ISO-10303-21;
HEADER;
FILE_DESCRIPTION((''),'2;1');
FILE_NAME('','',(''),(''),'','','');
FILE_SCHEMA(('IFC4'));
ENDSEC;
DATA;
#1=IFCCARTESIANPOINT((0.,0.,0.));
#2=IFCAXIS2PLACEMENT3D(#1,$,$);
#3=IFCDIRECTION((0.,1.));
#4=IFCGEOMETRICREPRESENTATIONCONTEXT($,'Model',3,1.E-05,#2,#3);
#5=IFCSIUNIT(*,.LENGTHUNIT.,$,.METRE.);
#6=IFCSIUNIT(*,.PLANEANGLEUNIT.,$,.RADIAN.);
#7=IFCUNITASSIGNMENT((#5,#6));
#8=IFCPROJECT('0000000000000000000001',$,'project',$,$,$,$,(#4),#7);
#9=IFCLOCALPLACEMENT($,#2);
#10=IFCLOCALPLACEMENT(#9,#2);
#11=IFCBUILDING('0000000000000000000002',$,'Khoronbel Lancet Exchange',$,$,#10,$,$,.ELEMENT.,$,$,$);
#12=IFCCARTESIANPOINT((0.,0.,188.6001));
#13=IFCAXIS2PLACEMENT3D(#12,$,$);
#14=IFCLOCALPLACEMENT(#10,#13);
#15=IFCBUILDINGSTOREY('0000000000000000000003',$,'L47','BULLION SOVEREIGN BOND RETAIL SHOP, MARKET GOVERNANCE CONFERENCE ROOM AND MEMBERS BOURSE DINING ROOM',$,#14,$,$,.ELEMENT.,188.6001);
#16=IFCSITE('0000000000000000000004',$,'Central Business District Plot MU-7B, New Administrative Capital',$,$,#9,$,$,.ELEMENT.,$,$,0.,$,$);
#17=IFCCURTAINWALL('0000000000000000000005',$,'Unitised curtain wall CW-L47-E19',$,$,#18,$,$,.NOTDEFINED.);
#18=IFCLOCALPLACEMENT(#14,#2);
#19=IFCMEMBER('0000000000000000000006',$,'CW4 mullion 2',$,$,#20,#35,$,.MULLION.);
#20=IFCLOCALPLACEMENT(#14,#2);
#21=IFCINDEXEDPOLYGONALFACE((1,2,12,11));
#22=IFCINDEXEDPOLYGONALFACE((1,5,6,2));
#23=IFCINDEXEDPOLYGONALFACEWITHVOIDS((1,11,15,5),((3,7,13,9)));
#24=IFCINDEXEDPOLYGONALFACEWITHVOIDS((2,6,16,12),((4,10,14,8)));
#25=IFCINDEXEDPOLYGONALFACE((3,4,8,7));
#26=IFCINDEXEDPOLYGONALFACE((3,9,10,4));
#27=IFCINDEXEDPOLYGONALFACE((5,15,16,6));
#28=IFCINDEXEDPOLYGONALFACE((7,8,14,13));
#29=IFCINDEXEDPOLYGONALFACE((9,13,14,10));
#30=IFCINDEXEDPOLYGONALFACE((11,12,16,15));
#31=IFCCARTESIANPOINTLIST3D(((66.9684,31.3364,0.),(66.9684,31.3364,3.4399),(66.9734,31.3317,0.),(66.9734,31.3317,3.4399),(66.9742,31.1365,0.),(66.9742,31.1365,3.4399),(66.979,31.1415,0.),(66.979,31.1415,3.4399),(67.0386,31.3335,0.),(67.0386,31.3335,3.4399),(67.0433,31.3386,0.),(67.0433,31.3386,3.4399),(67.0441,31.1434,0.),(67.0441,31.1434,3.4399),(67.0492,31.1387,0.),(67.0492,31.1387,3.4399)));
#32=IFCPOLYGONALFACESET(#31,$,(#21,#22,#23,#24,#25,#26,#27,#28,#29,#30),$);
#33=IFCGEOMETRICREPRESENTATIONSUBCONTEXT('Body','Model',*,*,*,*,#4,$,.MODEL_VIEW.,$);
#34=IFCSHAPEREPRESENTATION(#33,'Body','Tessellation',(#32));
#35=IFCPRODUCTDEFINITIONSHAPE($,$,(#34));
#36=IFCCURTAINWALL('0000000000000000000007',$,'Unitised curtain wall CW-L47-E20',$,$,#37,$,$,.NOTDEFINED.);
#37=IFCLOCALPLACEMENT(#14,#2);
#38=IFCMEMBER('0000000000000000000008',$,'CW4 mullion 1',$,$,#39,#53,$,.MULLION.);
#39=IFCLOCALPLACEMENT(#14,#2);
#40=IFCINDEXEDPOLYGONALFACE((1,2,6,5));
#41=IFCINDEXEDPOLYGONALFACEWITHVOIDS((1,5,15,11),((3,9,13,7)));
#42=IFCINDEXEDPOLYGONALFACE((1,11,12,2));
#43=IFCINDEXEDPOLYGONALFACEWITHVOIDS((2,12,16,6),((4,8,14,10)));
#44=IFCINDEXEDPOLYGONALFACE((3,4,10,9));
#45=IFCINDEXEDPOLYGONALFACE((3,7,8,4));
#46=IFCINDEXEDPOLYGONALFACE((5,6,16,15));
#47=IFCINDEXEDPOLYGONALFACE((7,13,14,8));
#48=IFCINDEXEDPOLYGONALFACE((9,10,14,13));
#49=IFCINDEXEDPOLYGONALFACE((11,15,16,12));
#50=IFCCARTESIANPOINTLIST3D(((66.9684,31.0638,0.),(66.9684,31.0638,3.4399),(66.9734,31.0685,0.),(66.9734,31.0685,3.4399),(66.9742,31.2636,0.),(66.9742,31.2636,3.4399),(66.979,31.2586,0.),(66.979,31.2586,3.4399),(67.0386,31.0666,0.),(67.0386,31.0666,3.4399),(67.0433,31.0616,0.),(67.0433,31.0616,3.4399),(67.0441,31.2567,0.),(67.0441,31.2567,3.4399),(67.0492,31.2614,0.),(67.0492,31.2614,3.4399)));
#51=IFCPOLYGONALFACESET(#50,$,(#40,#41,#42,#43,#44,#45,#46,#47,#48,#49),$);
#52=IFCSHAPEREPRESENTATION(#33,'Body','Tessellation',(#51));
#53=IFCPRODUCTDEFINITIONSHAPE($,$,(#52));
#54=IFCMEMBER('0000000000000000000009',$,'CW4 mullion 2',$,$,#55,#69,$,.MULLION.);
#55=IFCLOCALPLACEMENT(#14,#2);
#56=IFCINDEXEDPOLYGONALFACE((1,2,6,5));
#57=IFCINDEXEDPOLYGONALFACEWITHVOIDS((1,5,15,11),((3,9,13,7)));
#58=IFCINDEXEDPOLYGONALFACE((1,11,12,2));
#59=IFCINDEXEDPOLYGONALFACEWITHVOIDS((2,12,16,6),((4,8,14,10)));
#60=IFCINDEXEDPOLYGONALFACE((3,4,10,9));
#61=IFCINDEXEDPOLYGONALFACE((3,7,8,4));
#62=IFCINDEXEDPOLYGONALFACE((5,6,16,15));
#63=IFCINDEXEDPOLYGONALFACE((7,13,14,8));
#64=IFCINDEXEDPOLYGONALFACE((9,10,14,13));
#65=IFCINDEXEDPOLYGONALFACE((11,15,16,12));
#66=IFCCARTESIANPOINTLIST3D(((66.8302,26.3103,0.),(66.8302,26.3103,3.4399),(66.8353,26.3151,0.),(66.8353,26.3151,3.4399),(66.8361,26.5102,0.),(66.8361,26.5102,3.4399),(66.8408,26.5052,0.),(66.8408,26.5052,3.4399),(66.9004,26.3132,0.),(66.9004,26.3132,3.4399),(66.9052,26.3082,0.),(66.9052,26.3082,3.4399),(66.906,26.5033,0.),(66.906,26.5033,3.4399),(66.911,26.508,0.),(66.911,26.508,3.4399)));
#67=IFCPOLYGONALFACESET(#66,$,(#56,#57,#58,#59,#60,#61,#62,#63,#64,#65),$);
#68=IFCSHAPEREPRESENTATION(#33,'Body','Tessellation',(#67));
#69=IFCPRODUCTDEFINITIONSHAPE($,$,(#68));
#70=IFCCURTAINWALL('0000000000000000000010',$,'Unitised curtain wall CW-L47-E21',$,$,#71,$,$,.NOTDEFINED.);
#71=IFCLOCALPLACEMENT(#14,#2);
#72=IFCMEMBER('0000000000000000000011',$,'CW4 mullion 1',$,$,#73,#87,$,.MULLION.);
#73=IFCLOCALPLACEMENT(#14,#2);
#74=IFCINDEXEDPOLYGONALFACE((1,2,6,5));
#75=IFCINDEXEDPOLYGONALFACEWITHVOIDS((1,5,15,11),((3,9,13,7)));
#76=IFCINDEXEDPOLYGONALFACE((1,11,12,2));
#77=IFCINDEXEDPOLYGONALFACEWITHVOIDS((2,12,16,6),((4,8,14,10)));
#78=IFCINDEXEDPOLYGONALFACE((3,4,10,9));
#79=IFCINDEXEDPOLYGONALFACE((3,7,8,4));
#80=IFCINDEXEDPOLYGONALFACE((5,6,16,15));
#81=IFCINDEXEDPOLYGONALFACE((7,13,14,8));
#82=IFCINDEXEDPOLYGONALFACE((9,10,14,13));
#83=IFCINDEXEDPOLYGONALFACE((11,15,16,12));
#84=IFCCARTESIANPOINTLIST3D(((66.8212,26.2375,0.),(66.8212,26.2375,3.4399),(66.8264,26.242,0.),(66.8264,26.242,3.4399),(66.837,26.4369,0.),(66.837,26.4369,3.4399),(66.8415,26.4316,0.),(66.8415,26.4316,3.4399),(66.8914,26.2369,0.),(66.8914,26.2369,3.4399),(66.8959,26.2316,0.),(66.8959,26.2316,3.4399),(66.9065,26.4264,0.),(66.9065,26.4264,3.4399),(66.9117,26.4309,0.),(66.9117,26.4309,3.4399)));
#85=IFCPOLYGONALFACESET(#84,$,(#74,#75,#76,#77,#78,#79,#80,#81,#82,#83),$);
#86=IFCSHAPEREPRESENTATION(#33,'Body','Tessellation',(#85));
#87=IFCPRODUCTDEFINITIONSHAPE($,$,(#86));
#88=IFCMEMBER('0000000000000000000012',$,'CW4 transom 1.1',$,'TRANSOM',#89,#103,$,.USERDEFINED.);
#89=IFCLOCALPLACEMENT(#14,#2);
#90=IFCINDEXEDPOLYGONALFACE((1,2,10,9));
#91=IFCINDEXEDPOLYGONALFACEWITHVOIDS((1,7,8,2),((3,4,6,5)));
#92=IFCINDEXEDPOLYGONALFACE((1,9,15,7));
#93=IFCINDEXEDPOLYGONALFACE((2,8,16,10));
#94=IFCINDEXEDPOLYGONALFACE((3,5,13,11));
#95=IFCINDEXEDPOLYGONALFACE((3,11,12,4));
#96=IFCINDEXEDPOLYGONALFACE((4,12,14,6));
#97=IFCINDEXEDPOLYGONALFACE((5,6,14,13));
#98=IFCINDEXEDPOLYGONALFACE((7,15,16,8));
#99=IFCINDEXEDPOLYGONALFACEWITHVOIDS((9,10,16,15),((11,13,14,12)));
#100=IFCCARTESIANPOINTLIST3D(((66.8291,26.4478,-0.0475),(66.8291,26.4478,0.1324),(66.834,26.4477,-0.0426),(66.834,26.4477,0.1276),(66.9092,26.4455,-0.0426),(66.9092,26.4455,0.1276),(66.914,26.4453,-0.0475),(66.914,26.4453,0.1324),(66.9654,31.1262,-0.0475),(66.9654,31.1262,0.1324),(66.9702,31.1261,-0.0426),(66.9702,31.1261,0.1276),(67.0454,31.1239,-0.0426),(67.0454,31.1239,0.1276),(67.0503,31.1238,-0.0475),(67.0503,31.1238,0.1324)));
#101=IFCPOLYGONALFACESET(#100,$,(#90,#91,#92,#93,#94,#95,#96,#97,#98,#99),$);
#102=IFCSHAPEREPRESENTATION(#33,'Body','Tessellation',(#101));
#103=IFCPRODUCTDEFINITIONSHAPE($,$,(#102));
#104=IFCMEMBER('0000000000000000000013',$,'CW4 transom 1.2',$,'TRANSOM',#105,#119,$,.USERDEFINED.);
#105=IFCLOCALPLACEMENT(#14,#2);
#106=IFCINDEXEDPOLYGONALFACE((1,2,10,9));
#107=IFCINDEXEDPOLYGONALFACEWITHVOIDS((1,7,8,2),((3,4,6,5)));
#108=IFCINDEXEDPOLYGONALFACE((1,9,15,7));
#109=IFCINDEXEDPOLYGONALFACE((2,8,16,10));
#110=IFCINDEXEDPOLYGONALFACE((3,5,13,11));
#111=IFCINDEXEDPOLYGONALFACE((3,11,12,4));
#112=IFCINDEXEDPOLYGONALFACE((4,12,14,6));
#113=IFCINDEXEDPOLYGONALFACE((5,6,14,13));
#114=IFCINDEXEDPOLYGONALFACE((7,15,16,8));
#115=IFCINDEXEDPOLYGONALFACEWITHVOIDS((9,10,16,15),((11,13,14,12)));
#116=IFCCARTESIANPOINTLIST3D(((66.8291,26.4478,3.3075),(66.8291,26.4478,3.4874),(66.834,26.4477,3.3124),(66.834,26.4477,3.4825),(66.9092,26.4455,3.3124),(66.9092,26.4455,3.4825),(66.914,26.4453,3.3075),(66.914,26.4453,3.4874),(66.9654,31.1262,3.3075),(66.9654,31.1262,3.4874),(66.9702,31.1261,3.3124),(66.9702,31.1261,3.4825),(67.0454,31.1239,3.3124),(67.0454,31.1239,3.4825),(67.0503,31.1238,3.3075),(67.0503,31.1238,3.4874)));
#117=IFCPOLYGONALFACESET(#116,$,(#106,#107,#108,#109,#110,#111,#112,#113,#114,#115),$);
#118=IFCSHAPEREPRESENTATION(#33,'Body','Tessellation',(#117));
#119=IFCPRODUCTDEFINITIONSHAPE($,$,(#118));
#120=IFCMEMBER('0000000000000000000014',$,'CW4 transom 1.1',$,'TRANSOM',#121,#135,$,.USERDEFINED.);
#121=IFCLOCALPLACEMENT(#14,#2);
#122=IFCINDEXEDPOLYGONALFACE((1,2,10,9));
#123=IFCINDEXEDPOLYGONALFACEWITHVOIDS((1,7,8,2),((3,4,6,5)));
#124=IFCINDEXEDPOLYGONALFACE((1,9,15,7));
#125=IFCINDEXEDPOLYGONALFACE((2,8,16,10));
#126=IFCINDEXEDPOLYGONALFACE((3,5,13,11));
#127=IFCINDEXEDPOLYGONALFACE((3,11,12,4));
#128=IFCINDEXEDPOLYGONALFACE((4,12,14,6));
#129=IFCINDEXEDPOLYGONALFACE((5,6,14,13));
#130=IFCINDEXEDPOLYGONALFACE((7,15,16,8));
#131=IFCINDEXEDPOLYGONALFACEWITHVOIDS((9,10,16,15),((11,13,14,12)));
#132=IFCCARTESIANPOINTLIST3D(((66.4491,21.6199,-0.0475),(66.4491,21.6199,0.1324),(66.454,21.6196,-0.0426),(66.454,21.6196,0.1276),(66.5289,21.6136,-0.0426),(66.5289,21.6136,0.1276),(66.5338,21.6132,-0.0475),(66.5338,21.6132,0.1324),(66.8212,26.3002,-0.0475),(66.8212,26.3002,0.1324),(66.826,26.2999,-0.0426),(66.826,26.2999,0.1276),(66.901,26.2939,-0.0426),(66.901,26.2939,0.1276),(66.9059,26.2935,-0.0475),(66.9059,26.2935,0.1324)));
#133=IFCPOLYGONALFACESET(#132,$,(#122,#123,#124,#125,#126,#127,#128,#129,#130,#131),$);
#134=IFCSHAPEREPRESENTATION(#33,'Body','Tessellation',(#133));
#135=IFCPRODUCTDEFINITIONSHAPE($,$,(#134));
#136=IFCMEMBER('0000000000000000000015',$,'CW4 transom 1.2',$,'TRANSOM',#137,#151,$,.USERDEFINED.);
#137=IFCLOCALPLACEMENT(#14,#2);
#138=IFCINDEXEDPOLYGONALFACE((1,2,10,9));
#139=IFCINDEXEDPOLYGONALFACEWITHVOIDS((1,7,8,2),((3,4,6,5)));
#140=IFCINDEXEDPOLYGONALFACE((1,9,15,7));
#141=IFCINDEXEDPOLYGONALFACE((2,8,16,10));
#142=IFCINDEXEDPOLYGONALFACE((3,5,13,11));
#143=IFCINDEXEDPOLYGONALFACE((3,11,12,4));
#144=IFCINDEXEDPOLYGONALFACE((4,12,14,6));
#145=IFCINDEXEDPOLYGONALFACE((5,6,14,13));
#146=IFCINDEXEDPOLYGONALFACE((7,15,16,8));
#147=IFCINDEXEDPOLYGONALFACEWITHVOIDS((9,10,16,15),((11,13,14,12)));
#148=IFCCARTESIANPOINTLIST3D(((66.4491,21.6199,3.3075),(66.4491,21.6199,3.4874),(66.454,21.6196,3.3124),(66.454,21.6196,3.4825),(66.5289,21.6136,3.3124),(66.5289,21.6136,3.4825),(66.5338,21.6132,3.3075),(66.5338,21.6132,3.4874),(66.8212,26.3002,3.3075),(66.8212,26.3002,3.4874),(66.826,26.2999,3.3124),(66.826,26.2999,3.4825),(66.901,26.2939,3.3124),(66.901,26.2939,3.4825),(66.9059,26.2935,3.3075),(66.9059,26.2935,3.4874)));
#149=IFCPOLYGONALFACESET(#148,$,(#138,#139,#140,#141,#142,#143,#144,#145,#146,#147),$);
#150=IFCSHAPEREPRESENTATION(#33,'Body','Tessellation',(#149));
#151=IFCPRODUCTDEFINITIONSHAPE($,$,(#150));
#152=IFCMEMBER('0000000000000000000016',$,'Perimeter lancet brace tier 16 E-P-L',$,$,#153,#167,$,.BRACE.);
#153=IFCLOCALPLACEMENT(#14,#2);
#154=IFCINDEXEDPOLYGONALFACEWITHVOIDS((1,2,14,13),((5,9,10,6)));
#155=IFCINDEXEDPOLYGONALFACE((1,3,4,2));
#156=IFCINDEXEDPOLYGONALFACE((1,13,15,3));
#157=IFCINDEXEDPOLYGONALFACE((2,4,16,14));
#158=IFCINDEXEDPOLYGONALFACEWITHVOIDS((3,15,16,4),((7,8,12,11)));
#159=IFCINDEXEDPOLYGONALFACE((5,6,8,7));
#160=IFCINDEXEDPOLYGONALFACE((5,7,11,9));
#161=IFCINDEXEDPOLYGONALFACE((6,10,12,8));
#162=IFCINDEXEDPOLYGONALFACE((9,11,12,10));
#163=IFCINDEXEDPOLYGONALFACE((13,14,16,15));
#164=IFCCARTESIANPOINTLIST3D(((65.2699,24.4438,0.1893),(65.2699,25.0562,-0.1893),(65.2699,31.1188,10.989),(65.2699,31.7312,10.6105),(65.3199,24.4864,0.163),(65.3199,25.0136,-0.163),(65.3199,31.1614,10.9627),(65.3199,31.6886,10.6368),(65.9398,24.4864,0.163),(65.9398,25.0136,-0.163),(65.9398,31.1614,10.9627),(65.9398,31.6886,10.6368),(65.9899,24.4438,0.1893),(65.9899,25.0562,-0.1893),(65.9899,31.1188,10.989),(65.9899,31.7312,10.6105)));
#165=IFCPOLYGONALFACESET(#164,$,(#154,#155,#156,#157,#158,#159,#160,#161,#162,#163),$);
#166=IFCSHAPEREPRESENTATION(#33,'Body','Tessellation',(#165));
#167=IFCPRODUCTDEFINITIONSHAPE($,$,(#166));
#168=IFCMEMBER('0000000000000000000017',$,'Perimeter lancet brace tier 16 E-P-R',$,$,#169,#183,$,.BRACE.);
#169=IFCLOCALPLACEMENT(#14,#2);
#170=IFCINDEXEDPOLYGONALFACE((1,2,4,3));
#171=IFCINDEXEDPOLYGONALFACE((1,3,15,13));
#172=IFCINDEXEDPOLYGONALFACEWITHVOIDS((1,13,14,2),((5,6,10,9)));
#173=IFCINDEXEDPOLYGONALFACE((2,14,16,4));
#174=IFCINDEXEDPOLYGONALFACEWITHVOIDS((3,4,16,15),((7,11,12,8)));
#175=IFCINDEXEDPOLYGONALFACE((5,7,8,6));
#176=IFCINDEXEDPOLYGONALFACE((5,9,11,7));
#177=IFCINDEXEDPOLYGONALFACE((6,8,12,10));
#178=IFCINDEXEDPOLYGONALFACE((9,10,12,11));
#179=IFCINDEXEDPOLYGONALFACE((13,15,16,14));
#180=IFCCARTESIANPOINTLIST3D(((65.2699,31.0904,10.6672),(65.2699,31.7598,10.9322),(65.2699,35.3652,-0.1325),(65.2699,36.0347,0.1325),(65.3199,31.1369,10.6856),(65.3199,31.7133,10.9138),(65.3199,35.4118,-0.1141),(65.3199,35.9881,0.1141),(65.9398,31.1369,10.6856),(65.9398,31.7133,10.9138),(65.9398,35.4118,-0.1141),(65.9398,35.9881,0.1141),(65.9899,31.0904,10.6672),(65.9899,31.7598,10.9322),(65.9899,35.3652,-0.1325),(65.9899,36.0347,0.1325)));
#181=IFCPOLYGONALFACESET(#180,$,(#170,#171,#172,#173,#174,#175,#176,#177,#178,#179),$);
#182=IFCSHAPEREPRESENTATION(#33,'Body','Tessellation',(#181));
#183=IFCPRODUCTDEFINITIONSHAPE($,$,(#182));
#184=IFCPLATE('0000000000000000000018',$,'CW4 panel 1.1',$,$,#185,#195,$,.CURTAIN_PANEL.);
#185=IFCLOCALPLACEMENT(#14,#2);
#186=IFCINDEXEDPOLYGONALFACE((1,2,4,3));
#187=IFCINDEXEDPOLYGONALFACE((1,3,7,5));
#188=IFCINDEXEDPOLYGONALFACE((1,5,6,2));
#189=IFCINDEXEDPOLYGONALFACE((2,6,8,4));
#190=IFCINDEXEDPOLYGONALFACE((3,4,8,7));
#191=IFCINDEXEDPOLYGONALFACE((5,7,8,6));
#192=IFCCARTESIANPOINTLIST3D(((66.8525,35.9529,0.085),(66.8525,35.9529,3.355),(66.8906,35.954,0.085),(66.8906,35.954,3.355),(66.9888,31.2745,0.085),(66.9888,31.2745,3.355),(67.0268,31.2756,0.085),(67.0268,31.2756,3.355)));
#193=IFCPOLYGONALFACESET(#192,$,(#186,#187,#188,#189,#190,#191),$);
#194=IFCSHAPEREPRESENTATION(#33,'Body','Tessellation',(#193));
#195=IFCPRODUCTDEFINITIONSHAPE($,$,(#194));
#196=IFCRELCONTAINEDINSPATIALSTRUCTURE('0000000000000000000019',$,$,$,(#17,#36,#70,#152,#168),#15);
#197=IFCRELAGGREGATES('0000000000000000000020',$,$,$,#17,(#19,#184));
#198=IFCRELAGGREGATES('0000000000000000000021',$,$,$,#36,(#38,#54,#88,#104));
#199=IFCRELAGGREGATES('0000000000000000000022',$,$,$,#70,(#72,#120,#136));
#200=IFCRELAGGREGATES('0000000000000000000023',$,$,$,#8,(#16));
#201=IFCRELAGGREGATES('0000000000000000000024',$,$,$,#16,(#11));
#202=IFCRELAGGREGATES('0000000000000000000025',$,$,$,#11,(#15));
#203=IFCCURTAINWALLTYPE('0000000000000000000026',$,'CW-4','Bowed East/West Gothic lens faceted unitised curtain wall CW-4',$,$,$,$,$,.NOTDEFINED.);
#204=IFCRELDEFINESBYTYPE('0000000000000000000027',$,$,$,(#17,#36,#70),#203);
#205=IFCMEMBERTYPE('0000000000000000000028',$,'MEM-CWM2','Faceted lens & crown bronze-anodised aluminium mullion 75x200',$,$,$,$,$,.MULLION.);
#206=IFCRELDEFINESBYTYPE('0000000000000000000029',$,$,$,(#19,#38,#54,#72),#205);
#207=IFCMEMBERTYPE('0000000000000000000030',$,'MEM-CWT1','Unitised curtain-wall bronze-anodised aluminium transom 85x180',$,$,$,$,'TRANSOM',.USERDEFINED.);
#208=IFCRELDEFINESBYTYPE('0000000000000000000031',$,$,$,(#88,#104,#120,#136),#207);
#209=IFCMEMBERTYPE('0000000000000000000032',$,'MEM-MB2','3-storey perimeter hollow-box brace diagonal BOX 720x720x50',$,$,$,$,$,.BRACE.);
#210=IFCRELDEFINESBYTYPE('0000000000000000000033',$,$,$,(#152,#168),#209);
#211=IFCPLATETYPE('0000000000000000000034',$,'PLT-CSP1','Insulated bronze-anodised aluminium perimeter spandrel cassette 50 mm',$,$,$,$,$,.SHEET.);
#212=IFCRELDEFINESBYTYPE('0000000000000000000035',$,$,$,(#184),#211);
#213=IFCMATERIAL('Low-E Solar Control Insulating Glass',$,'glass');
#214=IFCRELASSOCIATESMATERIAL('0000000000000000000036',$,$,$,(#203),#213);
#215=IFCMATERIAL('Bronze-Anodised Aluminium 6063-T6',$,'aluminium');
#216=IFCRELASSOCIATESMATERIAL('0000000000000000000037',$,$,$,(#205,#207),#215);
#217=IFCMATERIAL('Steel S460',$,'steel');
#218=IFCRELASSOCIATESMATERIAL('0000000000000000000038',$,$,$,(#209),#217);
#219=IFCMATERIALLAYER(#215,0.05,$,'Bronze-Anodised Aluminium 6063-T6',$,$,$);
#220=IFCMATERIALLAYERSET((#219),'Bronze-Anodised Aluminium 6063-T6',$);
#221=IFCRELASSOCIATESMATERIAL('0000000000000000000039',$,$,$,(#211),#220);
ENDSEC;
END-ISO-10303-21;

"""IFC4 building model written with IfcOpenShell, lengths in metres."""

from ifc_helpers import new_model, si_unit, direction, frame, origin, origin_2d, place, context, subcontext, project, spatial, rectangle, hollow_rectangle, extrude, material, layer, layer_set, material_profile, profile_set, type_object, element, aggregate, save


model = new_model("IFC4")

# Units and contexts
model_context = context("Model", 3, precision=1e-05, world=origin(), true_north=direction((0.0, 1.0)))
body_context = subcontext(model_context, "Body", "Model", "MODEL_VIEW")
ifc_project = project(units=[si_unit("LENGTHUNIT", "METRE"), si_unit("PLANEANGLEUNIT", "RADIAN")], contexts=[model_context])

# Site, building, storey
site_placement = place(None, origin())
site = spatial("IfcSite", under=ifc_project, at=site_placement, Name="Central Business District Plot MU-7B, New Administrative Capital", CompositionType="ELEMENT", RefElevation=0.0)
building_placement = place(site_placement, origin())
building = spatial("IfcBuilding", under=site, at=building_placement, Name="Khoronbel Lancet Exchange", CompositionType="ELEMENT")
storey_placement = place(building_placement, frame((0.0, 0.0, 188.6001)))
storey = spatial("IfcBuildingStorey", under=building, at=storey_placement, Name="L47", Description="BULLION SOVEREIGN BOND RETAIL SHOP, MARKET GOVERNANCE CONFERENCE ROOM AND MEMBERS BOURSE DINING ROOM", CompositionType="ELEMENT", Elevation=188.6001)

# Curtain wall, member
ifc_material_1 = material(Name="Low-E Solar Control Insulating Glass", Category="glass")
curtain_wall_type = type_object("IfcCurtainWallType", Name="CW-4", Description="Bowed East/West Gothic lens faceted unitised curtain wall CW-4", PredefinedType="NOTDEFINED", material=ifc_material_1)
curtain_wall_1_placement = place(storey_placement, origin())
curtain_wall_1 = element("IfcCurtainWall", 1, at=curtain_wall_1_placement, inside=storey, type_object=curtain_wall_type, Name="Unitised curtain wall CW-L47-E19", PredefinedType="NOTDEFINED")
ifc_material_2 = material(Name="Bronze-Anodised Aluminium 6063-T6", Category="aluminium")
ifc_material_profile_1 = material_profile(ifc_material_2, hollow_rectangle(XDim=0.075, YDim=0.2, WallThickness=0.0049, at=origin_2d()), Name="ALU MULLION 75x200")
ifc_profile_set_1 = profile_set([ifc_material_profile_1], Name="Bronze-Anodised Aluminium 6063-T6")
member_type_1 = type_object("IfcMemberType", Name="MEM-CWM2", Description="Faceted lens & crown bronze-anodised aluminium mullion 75x200", PredefinedType="MULLION", material=ifc_profile_set_1)
member_1_placement = place(storey_placement, frame((67.0088, 31.2375, 0.0), z_axis=(0.0, 0.0, 1.0), x_axis=(0.999576, 0.029107, 0.0)))
member_1 = element("IfcMember", 2, at=member_1_placement, type_object=member_type_1, Name="CW4 mullion 2", PredefinedType="MULLION", context=body_context, shape_type="SweptSolid", body=[
    extrude(hollow_rectangle(XDim=0.075, YDim=0.2, WallThickness=0.0049, at=origin_2d()), origin(), (0.0, 0.0, 1.0), 3.4399),
])

# Curtain wall, members
curtain_wall_2_placement = place(storey_placement, origin())
curtain_wall_2 = element("IfcCurtainWall", 3, at=curtain_wall_2_placement, inside=storey, type_object=curtain_wall_type, Name="Unitised curtain wall CW-L47-E20", PredefinedType="NOTDEFINED")
member_2_placement = place(storey_placement, frame((67.0088, 31.1626, 0.0), z_axis=(0.0, 0.0, 1.0), x_axis=(0.999576, -0.029107, 0.0)))
member_2 = element("IfcMember", 4, at=member_2_placement, type_object=member_type_1, Name="CW4 mullion 1", PredefinedType="MULLION", context=body_context, shape_type="SweptSolid", body=[
    extrude(hollow_rectangle(XDim=0.075, YDim=0.2, WallThickness=0.0049, at=origin_2d()), origin(), (0.0, 0.0, 1.0), 3.4399),
])
member_3_placement = place(storey_placement, frame((66.8706, 26.4092, 0.0), z_axis=(0.0, 0.0, 1.0), x_axis=(0.999576, -0.029107, 0.0)))
member_3 = element("IfcMember", 5, at=member_3_placement, type_object=member_type_1, Name="CW4 mullion 2", PredefinedType="MULLION", context=body_context, shape_type="SweptSolid", body=[
    extrude(hollow_rectangle(XDim=0.075, YDim=0.2, WallThickness=0.0049, at=origin_2d()), origin(), (0.0, 0.0, 1.0), 3.4399),
])

# Curtain wall, member
curtain_wall_3_placement = place(storey_placement, origin())
curtain_wall_3 = element("IfcCurtainWall", 6, at=curtain_wall_3_placement, inside=storey, type_object=curtain_wall_type, Name="Unitised curtain wall CW-L47-E21", PredefinedType="NOTDEFINED")
member_4_placement = place(storey_placement, frame((66.8665, 26.3342, 0.0), z_axis=(0.0, 0.0, 1.0), x_axis=(0.996854, -0.079255, 0.0)))
member_4 = element("IfcMember", 7, at=member_4_placement, type_object=member_type_1, Name="CW4 mullion 1", PredefinedType="MULLION", context=body_context, shape_type="SweptSolid", body=[
    extrude(hollow_rectangle(XDim=0.075, YDim=0.2, WallThickness=0.0049, at=origin_2d()), origin(), (0.0, 0.0, 1.0), 3.4399),
])

# Members
ifc_material_profile_2 = material_profile(ifc_material_2, hollow_rectangle(XDim=0.085, YDim=0.1799, WallThickness=0.0049, at=origin_2d()), Name="ALU TRANSOM 85x180")
ifc_profile_set_2 = profile_set([ifc_material_profile_2], Name="Bronze-Anodised Aluminium 6063-T6")
member_type_2 = type_object("IfcMemberType", Name="MEM-CWT1", Description="Unitised curtain-wall bronze-anodised aluminium transom 85x180", ElementType="TRANSOM", PredefinedType="USERDEFINED", material=ifc_profile_set_2)
member_5_placement = place(storey_placement, frame((67.0078, 31.125, 0.0425), z_axis=(-0.029106, -0.999576, 0.0), x_axis=(0.999576, -0.029106, 0.0)))
member_5 = element("IfcMember", 8, at=member_5_placement, type_object=member_type_2, Name="CW4 transom 1.1", ObjectType="TRANSOM", PredefinedType="USERDEFINED", context=body_context, shape_type="SweptSolid", body=[
    extrude(hollow_rectangle(XDim=0.085, YDim=0.1799, WallThickness=0.0049, at=origin_2d()), origin(), (0.0, 0.0, 1.0), 4.6804),
])
member_6_placement = place(storey_placement, frame((67.0078, 31.125, 3.3975), z_axis=(-0.029106, -0.999576, 0.0), x_axis=(0.999576, -0.029106, 0.0)))
member_6 = element("IfcMember", 9, at=member_6_placement, type_object=member_type_2, Name="CW4 transom 1.2", ObjectType="TRANSOM", PredefinedType="USERDEFINED", context=body_context, shape_type="SweptSolid", body=[
    extrude(hollow_rectangle(XDim=0.085, YDim=0.1799, WallThickness=0.0049, at=origin_2d()), origin(), (0.0, 0.0, 1.0), 4.6804),
])
member_7_placement = place(storey_placement, frame((66.8635, 26.2969, 0.0425), z_axis=(-0.079245, -0.996855, 0.0), x_axis=(0.996855, -0.079245, 0.0)))
member_7 = element("IfcMember", 10, at=member_7_placement, type_object=member_type_2, Name="CW4 transom 1.1", ObjectType="TRANSOM", PredefinedType="USERDEFINED", context=body_context, shape_type="SweptSolid", body=[
    extrude(hollow_rectangle(XDim=0.085, YDim=0.1799, WallThickness=0.0049, at=origin_2d()), origin(), (0.0, 0.0, 1.0), 4.6951),
])
member_8_placement = place(storey_placement, frame((66.8635, 26.2969, 3.3975), z_axis=(-0.079245, -0.996855, 0.0), x_axis=(0.996855, -0.079245, 0.0)))
member_8 = element("IfcMember", 11, at=member_8_placement, type_object=member_type_2, Name="CW4 transom 1.2", ObjectType="TRANSOM", PredefinedType="USERDEFINED", context=body_context, shape_type="SweptSolid", body=[
    extrude(hollow_rectangle(XDim=0.085, YDim=0.1799, WallThickness=0.0049, at=origin_2d()), origin(), (0.0, 0.0, 1.0), 4.6951),
])

# Members
ifc_material_3 = material(Name="Steel S460", Category="steel")
ifc_material_profile_3 = material_profile(ifc_material_3, hollow_rectangle(XDim=0.72, YDim=0.72, WallThickness=0.05, at=origin_2d()), Name="BOX 720x720x50")
ifc_profile_set_3 = profile_set([ifc_material_profile_3], Name="Steel S460")
member_type_3 = type_object("IfcMemberType", Name="MEM-MB2", Description="3-storey perimeter hollow-box brace diagonal BOX 720x720x50", PredefinedType="BRACE", material=ifc_profile_set_3)
member_9_placement = place(storey_placement, frame((65.6299, 24.75, 0.0), z_axis=(0.0, 0.525754, 0.850637), x_axis=(-1.0, 0.0, 0.0)))
element("IfcMember", 12, at=member_9_placement, inside=storey, type_object=member_type_3, Name="Perimeter lancet brace tier 16 E-P-L", PredefinedType="BRACE", context=body_context, shape_type="SweptSolid", body=[
    extrude(hollow_rectangle(XDim=0.72, YDim=0.72, WallThickness=0.05, at=origin_2d()), origin(), (0.0, 0.0, 1.0), 12.696),
])
member_10_placement = place(storey_placement, frame((65.6299, 35.7, 0.0), z_axis=(0.0, -0.368047, 0.929807), x_axis=(1.0, 0.0, 0.0)))
element("IfcMember", 13, at=member_10_placement, inside=storey, type_object=member_type_3, Name="Perimeter lancet brace tier 16 E-P-R", PredefinedType="BRACE", context=body_context, shape_type="SweptSolid", body=[
    extrude(hollow_rectangle(XDim=0.72, YDim=0.72, WallThickness=0.05, at=origin_2d()), origin(), (0.0, 0.0, 1.0), 11.615),
])

# Plate
ifc_layer_1 = layer(ifc_material_2, 0.05, Name="Bronze-Anodised Aluminium 6063-T6")
ifc_layer_set_1 = layer_set([ifc_layer_1], Name="Bronze-Anodised Aluminium 6063-T6")
plate_type_1 = type_object("IfcPlateType", Name="PLT-CSP1", Description="Insulated bronze-anodised aluminium perimeter spandrel cassette 50 mm", PredefinedType="SHEET", material=ifc_layer_set_1)
plate_1_placement = place(storey_placement, frame((66.9397, 33.6143, 0.085), z_axis=(0.0, 0.0, 1.0), x_axis=(0.029107, -0.999576, 0.0)))
plate_1 = element("IfcPlate", 14, at=plate_1_placement, type_object=plate_type_1, Name="CW4 panel 1.1", PredefinedType="CURTAIN_PANEL", context=body_context, shape_type="SweptSolid", body=[
    extrude(rectangle(XDim=4.6804, YDim=0.0381, at=origin_2d()), origin(), (0.0, 0.0, 1.0), 3.27),
])
aggregate(curtain_wall_1, [member_1, plate_1])
aggregate(curtain_wall_2, [member_2, member_3, member_5, member_6])
aggregate(curtain_wall_3, [member_4, member_7, member_8])

save(model, "model.ifc")
